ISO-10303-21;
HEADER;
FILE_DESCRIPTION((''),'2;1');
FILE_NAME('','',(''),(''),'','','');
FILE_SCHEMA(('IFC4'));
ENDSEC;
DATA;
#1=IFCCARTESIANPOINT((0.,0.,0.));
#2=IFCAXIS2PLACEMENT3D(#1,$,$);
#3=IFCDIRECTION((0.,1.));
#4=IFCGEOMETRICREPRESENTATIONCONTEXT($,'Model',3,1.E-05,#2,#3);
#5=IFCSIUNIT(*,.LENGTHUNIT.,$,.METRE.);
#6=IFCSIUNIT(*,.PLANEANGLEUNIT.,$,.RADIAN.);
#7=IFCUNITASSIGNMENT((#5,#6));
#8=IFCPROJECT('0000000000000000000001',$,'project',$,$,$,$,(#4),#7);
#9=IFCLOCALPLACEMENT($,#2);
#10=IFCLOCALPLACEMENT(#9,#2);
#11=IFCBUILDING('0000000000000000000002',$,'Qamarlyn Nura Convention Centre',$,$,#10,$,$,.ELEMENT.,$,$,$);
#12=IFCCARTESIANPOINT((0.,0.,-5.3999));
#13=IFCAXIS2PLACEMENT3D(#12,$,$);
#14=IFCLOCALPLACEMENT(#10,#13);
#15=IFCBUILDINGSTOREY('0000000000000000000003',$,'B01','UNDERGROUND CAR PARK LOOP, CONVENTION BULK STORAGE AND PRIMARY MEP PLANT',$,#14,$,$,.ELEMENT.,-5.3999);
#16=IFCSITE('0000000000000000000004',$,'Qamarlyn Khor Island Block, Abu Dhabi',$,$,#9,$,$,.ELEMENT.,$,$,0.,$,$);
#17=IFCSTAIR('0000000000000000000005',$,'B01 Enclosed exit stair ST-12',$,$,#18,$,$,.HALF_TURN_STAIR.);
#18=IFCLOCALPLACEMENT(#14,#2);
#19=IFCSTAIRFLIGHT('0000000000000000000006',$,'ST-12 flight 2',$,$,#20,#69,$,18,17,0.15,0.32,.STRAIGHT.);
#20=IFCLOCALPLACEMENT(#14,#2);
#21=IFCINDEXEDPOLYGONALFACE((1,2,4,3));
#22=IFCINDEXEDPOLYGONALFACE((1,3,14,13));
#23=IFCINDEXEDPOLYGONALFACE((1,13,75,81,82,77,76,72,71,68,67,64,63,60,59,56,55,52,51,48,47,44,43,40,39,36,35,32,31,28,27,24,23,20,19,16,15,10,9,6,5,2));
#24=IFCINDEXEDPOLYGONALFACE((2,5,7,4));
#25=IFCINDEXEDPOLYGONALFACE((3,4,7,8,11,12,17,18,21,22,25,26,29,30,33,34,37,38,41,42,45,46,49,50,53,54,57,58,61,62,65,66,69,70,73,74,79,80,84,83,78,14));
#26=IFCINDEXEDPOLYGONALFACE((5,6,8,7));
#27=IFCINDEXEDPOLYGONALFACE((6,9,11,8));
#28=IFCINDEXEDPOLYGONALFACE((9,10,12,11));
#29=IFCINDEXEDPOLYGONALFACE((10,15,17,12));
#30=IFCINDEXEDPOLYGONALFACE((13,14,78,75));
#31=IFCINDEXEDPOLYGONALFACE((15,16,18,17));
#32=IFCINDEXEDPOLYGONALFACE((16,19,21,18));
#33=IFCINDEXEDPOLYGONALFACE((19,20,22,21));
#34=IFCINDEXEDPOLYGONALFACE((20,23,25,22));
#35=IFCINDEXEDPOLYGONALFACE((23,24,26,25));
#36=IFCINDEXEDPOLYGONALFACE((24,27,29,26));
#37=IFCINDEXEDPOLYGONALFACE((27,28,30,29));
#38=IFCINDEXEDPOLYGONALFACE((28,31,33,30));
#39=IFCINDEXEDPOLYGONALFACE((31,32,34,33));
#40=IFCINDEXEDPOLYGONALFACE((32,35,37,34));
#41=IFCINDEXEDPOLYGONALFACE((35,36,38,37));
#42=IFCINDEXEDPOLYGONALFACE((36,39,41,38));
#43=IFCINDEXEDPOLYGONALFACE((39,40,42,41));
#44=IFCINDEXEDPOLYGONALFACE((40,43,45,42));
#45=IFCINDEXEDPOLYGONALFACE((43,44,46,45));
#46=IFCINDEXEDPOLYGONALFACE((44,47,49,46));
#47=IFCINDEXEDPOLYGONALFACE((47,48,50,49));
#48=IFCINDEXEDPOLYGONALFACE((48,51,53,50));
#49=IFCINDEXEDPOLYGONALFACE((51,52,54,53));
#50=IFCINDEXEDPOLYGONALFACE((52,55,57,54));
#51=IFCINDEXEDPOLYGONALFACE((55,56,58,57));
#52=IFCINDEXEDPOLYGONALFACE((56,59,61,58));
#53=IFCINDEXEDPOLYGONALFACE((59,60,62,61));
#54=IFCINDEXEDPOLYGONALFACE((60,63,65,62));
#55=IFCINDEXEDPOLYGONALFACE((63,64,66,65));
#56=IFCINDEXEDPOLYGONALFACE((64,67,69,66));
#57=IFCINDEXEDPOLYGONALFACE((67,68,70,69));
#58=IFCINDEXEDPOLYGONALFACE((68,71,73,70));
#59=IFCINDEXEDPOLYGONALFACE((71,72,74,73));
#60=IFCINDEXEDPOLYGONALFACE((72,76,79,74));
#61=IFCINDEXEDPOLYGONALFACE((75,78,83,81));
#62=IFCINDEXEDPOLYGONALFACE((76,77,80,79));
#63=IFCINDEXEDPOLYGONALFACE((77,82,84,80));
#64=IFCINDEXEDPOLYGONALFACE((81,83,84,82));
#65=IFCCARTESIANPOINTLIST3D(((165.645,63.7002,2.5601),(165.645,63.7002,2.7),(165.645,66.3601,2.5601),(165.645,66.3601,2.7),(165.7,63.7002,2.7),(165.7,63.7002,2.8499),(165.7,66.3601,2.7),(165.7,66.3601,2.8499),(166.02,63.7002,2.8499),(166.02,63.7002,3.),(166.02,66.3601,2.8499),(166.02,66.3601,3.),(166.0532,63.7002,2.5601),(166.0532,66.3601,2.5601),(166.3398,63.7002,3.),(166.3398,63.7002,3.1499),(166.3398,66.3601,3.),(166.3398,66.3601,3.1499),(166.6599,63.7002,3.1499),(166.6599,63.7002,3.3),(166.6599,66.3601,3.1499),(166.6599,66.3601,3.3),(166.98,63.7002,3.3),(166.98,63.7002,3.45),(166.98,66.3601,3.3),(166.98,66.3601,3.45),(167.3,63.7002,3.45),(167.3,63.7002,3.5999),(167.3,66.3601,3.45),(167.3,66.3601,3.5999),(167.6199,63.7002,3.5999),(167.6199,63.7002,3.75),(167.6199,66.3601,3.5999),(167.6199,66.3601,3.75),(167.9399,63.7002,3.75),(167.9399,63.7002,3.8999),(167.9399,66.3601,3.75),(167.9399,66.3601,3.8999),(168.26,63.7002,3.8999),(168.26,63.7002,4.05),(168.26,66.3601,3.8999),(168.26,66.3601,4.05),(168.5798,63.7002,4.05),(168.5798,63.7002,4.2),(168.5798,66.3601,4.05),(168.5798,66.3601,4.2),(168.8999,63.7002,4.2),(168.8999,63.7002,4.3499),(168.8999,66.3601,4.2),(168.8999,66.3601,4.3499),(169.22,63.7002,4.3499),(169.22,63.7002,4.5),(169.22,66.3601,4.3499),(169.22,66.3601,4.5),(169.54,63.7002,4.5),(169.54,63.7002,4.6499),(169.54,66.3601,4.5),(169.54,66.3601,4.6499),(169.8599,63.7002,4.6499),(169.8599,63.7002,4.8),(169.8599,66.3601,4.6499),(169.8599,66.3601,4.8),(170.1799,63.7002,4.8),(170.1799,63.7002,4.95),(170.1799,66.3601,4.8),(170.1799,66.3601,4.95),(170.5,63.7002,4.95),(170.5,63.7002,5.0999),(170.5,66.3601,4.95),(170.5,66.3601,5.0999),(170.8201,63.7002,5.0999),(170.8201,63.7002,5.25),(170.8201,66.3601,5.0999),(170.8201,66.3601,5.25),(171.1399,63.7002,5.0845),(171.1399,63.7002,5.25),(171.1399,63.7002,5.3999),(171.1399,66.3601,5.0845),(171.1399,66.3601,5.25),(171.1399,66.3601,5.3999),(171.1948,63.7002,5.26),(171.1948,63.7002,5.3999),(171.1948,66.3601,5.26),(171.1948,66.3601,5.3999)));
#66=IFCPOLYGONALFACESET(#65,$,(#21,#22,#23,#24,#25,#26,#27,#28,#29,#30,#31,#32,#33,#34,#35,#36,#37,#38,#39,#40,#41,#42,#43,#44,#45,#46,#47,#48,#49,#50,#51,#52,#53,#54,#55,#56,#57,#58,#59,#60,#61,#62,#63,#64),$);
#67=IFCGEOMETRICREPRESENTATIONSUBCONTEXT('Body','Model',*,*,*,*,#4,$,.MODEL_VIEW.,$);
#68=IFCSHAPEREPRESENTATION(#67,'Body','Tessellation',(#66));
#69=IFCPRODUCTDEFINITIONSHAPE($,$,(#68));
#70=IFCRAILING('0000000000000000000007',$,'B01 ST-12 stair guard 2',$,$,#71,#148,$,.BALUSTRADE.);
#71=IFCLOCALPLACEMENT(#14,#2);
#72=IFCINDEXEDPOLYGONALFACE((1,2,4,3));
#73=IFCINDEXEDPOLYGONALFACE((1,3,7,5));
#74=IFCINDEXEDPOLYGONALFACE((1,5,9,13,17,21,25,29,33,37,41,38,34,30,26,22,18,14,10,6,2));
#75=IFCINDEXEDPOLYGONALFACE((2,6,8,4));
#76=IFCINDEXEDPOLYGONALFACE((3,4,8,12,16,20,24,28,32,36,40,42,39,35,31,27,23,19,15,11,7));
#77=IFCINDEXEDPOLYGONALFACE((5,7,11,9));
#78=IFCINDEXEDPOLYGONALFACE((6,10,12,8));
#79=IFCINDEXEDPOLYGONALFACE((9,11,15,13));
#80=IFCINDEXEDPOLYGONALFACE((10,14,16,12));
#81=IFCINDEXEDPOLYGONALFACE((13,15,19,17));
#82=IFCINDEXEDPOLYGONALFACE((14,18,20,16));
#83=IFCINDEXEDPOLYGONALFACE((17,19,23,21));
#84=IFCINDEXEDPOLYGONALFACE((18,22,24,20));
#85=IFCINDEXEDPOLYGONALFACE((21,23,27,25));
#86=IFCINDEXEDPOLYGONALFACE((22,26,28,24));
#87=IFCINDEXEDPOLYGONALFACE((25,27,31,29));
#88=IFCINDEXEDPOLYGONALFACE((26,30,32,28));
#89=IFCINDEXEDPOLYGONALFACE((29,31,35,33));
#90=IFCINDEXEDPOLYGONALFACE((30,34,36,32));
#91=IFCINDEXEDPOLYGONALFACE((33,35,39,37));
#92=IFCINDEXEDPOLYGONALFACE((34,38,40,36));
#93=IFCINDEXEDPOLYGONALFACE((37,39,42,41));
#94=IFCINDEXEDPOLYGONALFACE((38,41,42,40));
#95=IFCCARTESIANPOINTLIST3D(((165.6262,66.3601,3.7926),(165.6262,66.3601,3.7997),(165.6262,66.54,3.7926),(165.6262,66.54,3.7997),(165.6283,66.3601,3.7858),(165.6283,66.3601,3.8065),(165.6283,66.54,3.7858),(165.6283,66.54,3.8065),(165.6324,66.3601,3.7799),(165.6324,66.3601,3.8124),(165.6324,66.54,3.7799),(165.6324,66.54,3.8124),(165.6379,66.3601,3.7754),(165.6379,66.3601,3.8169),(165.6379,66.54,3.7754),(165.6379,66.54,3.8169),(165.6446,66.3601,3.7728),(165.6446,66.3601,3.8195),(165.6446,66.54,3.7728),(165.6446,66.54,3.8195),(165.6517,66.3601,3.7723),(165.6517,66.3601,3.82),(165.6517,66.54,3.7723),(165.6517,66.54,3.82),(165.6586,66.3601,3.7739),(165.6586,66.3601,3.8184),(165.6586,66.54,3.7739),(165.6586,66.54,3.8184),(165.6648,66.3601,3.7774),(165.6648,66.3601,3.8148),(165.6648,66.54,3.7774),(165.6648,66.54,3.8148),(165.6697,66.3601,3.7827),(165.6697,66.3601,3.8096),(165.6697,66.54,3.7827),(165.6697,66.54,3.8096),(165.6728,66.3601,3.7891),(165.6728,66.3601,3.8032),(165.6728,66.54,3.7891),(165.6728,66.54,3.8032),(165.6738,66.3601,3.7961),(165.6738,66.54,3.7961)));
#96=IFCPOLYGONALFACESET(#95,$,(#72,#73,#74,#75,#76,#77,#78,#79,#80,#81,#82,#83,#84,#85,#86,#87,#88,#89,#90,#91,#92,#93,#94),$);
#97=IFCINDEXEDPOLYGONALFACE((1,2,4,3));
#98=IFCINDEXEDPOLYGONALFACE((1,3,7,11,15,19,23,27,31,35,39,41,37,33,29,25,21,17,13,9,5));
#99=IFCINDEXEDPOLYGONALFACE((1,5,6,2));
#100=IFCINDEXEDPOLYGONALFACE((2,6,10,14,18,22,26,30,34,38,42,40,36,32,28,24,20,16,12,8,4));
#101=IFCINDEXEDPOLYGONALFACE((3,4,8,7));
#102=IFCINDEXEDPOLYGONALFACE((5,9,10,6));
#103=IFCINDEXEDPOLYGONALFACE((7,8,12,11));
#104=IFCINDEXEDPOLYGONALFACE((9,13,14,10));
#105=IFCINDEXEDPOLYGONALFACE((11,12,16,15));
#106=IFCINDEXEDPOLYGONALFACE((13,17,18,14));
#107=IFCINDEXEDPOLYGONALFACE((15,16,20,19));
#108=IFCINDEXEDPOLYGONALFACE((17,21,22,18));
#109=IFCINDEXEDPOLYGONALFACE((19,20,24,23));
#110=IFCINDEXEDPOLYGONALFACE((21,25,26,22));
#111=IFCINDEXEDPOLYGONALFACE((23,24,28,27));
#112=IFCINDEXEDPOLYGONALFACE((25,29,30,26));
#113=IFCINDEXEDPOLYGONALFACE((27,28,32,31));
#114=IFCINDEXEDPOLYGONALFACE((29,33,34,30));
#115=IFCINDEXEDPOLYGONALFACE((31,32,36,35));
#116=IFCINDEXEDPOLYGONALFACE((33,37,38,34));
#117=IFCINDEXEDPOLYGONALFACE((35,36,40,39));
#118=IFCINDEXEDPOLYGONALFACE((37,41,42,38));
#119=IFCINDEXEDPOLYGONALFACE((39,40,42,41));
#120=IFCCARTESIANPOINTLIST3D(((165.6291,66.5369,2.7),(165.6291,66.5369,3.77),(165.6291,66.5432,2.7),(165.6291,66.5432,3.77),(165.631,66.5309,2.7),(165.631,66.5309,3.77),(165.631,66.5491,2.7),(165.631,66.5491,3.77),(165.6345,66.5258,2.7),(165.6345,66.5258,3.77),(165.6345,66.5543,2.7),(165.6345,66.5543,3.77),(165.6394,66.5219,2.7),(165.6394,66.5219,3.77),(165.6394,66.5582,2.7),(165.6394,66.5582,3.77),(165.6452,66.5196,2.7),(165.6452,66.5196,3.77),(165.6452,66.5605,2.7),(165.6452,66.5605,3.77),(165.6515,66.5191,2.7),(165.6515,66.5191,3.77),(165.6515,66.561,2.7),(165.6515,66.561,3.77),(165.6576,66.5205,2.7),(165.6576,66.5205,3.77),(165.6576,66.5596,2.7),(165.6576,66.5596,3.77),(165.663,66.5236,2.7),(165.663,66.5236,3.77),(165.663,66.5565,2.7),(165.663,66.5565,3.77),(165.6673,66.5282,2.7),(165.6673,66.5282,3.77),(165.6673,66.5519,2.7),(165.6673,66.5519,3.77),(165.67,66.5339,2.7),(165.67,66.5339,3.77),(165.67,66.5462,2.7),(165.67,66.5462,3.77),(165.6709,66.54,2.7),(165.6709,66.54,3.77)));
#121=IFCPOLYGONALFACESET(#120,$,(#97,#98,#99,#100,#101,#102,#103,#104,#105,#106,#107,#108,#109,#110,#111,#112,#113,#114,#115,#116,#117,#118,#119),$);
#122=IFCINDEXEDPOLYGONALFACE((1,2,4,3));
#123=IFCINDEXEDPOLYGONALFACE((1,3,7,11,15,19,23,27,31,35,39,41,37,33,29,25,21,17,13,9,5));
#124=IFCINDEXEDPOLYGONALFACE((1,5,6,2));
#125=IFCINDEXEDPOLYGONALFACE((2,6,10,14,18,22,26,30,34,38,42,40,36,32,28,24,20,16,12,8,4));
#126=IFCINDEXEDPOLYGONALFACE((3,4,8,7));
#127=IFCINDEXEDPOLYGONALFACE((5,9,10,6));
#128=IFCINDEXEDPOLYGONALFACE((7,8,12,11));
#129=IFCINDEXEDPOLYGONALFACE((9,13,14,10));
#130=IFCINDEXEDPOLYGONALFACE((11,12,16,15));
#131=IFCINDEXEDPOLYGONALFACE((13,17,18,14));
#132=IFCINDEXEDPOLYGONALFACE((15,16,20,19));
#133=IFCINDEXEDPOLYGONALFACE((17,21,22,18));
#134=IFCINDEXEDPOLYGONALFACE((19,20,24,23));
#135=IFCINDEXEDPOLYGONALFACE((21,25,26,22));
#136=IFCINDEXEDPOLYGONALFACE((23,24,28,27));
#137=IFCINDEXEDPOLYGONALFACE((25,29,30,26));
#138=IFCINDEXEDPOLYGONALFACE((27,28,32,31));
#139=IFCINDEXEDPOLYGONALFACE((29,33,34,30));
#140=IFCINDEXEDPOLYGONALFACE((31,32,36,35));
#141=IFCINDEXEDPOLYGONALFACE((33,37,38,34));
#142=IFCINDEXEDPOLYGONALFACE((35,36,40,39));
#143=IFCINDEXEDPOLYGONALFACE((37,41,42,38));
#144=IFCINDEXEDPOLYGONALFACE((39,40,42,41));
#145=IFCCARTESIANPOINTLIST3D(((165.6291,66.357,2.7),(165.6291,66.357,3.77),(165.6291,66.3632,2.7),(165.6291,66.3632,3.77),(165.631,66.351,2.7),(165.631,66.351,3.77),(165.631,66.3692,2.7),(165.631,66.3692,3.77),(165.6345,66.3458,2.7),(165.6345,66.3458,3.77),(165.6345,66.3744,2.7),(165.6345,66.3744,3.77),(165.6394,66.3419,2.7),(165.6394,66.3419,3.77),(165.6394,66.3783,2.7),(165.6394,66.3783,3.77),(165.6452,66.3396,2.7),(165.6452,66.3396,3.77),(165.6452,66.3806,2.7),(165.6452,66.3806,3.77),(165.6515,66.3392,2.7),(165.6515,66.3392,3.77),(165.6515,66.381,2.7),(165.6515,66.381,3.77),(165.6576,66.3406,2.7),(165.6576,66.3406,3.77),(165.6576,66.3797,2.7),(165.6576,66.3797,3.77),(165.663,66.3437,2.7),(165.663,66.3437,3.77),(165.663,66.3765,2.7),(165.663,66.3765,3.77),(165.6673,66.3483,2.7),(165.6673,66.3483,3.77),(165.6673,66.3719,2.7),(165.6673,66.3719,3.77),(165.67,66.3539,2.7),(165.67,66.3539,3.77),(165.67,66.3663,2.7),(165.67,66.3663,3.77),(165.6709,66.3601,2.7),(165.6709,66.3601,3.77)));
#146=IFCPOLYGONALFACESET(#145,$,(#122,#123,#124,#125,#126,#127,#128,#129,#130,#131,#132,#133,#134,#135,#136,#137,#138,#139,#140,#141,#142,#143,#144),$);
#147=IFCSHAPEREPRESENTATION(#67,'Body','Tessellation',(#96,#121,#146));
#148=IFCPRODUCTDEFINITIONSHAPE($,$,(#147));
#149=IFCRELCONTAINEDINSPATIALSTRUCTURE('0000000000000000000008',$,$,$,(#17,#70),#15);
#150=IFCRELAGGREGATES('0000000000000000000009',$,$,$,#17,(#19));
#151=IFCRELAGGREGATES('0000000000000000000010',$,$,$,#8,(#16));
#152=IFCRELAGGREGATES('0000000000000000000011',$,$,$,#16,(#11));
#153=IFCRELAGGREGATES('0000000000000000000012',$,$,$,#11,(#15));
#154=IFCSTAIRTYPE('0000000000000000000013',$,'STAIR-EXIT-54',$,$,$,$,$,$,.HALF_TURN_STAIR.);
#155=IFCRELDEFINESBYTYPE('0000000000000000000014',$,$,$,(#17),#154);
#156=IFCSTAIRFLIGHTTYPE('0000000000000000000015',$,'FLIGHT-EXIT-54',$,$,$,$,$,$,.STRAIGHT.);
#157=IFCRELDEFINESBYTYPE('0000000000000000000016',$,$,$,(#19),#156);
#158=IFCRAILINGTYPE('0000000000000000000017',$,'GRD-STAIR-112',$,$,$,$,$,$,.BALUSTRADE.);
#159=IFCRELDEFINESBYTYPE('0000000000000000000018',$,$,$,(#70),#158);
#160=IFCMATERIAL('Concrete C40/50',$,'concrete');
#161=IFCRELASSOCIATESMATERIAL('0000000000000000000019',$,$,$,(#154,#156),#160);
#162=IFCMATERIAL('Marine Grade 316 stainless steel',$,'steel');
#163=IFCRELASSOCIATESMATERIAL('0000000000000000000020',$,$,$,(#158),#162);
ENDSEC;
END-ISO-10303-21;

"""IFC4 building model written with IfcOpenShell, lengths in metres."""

from ifc_helpers import new_model, si_unit, direction, frame, origin, origin_2d, place, context, subcontext, project, spatial, polyline, circle, outline, extrude, material, type_object, element, aggregate, save


model = new_model("IFC4")

# Units and contexts
model_context = context("Model", 3, precision=1e-05, world=origin(), true_north=direction((0.0, 1.0)))
body_context = subcontext(model_context, "Body", "Model", "MODEL_VIEW")
ifc_project = project(units=[si_unit("LENGTHUNIT", "METRE"), si_unit("PLANEANGLEUNIT", "RADIAN")], contexts=[model_context])

# Site, building, storey
site_placement = place(None, origin())
site = spatial("IfcSite", under=ifc_project, at=site_placement, Name="Qamarlyn Khor Island Block, Abu Dhabi", CompositionType="ELEMENT", RefElevation=0.0)
building_placement = place(site_placement, origin())
building = spatial("IfcBuilding", under=site, at=building_placement, Name="Qamarlyn Nura Convention Centre", CompositionType="ELEMENT")
storey_placement = place(building_placement, frame((0.0, 0.0, -5.3999)))
storey = spatial("IfcBuildingStorey", under=building, at=storey_placement, Name="B01", Description="UNDERGROUND CAR PARK LOOP, CONVENTION BULK STORAGE AND PRIMARY MEP PLANT", CompositionType="ELEMENT", Elevation=-5.3999)

# Shared definitions
ifc_material_1 = material(Name="Concrete C40/50", Category="concrete")

# Shared definitions
ifc_material_2 = material(Name="Marine Grade 316 stainless steel", Category="steel")

# Stair, stair flight
stair_type = type_object("IfcStairType", Name="STAIR-EXIT-54", PredefinedType="HALF_TURN_STAIR", material=ifc_material_1)
stair_placement = place(storey_placement, origin())
stair = element("IfcStair", 1, at=stair_placement, inside=storey, type_object=stair_type, Name="B01 Enclosed exit stair ST-12", PredefinedType="HALF_TURN_STAIR")
stair_flight_type = type_object("IfcStairFlightType", Name="FLIGHT-EXIT-54", PredefinedType="STRAIGHT", material=ifc_material_1)
stair_flight_placement = place(storey_placement, frame((165.7, 65.03, 2.7), z_axis=(0.0, 0.0, 1.0), x_axis=(1.0, 0.0, 0.0)))
stair_flight = element("IfcStairFlight", 2, at=stair_flight_placement, type_object=stair_flight_type, Name="ST-12 flight 2", NumberOfRisers=18, NumberOfTreads=17, PredefinedType="STRAIGHT", RiserHeight=0.15, TreadLength=0.32, context=body_context, shape_type="SweptSolid", body=[
    extrude(outline(polyline([(-0.0549, 0.0), (0.0, 0.0), (0.0, 0.1499), (0.3201, 0.1499), (0.3201, 0.3), (0.6399, 0.3), (0.6399, 0.45), (0.96, 0.45), (0.96, 0.6001), (1.28, 0.6001), (1.28, 0.75), (1.6001, 0.75), (1.6001, 0.8999), (1.9199, 0.8999), (1.9199, 1.05), (2.24, 1.05), (2.24, 1.2), (2.5601, 1.2), (2.5601, 1.3501), (2.8799, 1.3501), (2.8799, 1.5), (3.2, 1.5), (3.2, 1.6499), (3.52, 1.6499), (3.52, 1.8), (3.8401, 1.8), (3.8401, 1.95), (4.1599, 1.95), (4.1599, 2.1001), (4.48, 2.1001), (4.48, 2.25), (4.8, 2.25), (4.8, 2.3999), (5.1201, 2.3999), (5.1201, 2.55), (5.4399, 2.55), (5.4399, 2.7), (5.4949, 2.7), (5.4949, 2.5601), (5.4399, 2.3845), (0.3533, -0.1399), (-0.0549, -0.1399), (-0.0549, 0.0)])), frame((0.0, 1.3301, 0.0), z_axis=(0.0, -1.0, 0.0), x_axis=(1.0, 0.0, 0.0)), (0.0, 0.0, 1.0), 2.6599),
])
aggregate(stair, [stair_flight])

# Railing
railing_type = type_object("IfcRailingType", Name="GRD-STAIR-112", PredefinedType="BALUSTRADE", material=ifc_material_2)
railing_1_placement = place(storey_placement, frame((165.6499, 66.54, 2.7)))
element("IfcRailing", 3, at=railing_1_placement, inside=storey, type_object=railing_type, Name="B01 ST-12 stair guard 2", PredefinedType="BALUSTRADE", context=body_context, shape_type="SweptSolid", body=[
    extrude(circle(Radius=0.0239, at=origin_2d()), frame((0.0, 0.0, 1.0962), z_axis=(0.0, -1.0, 0.0), x_axis=(1.0, 0.0, 0.0)), (0.0, 0.0, 1.0), 0.1799),
    extrude(circle(Radius=0.021, at=origin_2d()), origin(), (0.0, 0.0, 1.0), 1.0701),
    extrude(circle(Radius=0.021, at=origin_2d()), frame((0.0, -0.1799, 0.0)), (0.0, 0.0, 1.0), 1.0701),
])

save(model, "model.ifc")
